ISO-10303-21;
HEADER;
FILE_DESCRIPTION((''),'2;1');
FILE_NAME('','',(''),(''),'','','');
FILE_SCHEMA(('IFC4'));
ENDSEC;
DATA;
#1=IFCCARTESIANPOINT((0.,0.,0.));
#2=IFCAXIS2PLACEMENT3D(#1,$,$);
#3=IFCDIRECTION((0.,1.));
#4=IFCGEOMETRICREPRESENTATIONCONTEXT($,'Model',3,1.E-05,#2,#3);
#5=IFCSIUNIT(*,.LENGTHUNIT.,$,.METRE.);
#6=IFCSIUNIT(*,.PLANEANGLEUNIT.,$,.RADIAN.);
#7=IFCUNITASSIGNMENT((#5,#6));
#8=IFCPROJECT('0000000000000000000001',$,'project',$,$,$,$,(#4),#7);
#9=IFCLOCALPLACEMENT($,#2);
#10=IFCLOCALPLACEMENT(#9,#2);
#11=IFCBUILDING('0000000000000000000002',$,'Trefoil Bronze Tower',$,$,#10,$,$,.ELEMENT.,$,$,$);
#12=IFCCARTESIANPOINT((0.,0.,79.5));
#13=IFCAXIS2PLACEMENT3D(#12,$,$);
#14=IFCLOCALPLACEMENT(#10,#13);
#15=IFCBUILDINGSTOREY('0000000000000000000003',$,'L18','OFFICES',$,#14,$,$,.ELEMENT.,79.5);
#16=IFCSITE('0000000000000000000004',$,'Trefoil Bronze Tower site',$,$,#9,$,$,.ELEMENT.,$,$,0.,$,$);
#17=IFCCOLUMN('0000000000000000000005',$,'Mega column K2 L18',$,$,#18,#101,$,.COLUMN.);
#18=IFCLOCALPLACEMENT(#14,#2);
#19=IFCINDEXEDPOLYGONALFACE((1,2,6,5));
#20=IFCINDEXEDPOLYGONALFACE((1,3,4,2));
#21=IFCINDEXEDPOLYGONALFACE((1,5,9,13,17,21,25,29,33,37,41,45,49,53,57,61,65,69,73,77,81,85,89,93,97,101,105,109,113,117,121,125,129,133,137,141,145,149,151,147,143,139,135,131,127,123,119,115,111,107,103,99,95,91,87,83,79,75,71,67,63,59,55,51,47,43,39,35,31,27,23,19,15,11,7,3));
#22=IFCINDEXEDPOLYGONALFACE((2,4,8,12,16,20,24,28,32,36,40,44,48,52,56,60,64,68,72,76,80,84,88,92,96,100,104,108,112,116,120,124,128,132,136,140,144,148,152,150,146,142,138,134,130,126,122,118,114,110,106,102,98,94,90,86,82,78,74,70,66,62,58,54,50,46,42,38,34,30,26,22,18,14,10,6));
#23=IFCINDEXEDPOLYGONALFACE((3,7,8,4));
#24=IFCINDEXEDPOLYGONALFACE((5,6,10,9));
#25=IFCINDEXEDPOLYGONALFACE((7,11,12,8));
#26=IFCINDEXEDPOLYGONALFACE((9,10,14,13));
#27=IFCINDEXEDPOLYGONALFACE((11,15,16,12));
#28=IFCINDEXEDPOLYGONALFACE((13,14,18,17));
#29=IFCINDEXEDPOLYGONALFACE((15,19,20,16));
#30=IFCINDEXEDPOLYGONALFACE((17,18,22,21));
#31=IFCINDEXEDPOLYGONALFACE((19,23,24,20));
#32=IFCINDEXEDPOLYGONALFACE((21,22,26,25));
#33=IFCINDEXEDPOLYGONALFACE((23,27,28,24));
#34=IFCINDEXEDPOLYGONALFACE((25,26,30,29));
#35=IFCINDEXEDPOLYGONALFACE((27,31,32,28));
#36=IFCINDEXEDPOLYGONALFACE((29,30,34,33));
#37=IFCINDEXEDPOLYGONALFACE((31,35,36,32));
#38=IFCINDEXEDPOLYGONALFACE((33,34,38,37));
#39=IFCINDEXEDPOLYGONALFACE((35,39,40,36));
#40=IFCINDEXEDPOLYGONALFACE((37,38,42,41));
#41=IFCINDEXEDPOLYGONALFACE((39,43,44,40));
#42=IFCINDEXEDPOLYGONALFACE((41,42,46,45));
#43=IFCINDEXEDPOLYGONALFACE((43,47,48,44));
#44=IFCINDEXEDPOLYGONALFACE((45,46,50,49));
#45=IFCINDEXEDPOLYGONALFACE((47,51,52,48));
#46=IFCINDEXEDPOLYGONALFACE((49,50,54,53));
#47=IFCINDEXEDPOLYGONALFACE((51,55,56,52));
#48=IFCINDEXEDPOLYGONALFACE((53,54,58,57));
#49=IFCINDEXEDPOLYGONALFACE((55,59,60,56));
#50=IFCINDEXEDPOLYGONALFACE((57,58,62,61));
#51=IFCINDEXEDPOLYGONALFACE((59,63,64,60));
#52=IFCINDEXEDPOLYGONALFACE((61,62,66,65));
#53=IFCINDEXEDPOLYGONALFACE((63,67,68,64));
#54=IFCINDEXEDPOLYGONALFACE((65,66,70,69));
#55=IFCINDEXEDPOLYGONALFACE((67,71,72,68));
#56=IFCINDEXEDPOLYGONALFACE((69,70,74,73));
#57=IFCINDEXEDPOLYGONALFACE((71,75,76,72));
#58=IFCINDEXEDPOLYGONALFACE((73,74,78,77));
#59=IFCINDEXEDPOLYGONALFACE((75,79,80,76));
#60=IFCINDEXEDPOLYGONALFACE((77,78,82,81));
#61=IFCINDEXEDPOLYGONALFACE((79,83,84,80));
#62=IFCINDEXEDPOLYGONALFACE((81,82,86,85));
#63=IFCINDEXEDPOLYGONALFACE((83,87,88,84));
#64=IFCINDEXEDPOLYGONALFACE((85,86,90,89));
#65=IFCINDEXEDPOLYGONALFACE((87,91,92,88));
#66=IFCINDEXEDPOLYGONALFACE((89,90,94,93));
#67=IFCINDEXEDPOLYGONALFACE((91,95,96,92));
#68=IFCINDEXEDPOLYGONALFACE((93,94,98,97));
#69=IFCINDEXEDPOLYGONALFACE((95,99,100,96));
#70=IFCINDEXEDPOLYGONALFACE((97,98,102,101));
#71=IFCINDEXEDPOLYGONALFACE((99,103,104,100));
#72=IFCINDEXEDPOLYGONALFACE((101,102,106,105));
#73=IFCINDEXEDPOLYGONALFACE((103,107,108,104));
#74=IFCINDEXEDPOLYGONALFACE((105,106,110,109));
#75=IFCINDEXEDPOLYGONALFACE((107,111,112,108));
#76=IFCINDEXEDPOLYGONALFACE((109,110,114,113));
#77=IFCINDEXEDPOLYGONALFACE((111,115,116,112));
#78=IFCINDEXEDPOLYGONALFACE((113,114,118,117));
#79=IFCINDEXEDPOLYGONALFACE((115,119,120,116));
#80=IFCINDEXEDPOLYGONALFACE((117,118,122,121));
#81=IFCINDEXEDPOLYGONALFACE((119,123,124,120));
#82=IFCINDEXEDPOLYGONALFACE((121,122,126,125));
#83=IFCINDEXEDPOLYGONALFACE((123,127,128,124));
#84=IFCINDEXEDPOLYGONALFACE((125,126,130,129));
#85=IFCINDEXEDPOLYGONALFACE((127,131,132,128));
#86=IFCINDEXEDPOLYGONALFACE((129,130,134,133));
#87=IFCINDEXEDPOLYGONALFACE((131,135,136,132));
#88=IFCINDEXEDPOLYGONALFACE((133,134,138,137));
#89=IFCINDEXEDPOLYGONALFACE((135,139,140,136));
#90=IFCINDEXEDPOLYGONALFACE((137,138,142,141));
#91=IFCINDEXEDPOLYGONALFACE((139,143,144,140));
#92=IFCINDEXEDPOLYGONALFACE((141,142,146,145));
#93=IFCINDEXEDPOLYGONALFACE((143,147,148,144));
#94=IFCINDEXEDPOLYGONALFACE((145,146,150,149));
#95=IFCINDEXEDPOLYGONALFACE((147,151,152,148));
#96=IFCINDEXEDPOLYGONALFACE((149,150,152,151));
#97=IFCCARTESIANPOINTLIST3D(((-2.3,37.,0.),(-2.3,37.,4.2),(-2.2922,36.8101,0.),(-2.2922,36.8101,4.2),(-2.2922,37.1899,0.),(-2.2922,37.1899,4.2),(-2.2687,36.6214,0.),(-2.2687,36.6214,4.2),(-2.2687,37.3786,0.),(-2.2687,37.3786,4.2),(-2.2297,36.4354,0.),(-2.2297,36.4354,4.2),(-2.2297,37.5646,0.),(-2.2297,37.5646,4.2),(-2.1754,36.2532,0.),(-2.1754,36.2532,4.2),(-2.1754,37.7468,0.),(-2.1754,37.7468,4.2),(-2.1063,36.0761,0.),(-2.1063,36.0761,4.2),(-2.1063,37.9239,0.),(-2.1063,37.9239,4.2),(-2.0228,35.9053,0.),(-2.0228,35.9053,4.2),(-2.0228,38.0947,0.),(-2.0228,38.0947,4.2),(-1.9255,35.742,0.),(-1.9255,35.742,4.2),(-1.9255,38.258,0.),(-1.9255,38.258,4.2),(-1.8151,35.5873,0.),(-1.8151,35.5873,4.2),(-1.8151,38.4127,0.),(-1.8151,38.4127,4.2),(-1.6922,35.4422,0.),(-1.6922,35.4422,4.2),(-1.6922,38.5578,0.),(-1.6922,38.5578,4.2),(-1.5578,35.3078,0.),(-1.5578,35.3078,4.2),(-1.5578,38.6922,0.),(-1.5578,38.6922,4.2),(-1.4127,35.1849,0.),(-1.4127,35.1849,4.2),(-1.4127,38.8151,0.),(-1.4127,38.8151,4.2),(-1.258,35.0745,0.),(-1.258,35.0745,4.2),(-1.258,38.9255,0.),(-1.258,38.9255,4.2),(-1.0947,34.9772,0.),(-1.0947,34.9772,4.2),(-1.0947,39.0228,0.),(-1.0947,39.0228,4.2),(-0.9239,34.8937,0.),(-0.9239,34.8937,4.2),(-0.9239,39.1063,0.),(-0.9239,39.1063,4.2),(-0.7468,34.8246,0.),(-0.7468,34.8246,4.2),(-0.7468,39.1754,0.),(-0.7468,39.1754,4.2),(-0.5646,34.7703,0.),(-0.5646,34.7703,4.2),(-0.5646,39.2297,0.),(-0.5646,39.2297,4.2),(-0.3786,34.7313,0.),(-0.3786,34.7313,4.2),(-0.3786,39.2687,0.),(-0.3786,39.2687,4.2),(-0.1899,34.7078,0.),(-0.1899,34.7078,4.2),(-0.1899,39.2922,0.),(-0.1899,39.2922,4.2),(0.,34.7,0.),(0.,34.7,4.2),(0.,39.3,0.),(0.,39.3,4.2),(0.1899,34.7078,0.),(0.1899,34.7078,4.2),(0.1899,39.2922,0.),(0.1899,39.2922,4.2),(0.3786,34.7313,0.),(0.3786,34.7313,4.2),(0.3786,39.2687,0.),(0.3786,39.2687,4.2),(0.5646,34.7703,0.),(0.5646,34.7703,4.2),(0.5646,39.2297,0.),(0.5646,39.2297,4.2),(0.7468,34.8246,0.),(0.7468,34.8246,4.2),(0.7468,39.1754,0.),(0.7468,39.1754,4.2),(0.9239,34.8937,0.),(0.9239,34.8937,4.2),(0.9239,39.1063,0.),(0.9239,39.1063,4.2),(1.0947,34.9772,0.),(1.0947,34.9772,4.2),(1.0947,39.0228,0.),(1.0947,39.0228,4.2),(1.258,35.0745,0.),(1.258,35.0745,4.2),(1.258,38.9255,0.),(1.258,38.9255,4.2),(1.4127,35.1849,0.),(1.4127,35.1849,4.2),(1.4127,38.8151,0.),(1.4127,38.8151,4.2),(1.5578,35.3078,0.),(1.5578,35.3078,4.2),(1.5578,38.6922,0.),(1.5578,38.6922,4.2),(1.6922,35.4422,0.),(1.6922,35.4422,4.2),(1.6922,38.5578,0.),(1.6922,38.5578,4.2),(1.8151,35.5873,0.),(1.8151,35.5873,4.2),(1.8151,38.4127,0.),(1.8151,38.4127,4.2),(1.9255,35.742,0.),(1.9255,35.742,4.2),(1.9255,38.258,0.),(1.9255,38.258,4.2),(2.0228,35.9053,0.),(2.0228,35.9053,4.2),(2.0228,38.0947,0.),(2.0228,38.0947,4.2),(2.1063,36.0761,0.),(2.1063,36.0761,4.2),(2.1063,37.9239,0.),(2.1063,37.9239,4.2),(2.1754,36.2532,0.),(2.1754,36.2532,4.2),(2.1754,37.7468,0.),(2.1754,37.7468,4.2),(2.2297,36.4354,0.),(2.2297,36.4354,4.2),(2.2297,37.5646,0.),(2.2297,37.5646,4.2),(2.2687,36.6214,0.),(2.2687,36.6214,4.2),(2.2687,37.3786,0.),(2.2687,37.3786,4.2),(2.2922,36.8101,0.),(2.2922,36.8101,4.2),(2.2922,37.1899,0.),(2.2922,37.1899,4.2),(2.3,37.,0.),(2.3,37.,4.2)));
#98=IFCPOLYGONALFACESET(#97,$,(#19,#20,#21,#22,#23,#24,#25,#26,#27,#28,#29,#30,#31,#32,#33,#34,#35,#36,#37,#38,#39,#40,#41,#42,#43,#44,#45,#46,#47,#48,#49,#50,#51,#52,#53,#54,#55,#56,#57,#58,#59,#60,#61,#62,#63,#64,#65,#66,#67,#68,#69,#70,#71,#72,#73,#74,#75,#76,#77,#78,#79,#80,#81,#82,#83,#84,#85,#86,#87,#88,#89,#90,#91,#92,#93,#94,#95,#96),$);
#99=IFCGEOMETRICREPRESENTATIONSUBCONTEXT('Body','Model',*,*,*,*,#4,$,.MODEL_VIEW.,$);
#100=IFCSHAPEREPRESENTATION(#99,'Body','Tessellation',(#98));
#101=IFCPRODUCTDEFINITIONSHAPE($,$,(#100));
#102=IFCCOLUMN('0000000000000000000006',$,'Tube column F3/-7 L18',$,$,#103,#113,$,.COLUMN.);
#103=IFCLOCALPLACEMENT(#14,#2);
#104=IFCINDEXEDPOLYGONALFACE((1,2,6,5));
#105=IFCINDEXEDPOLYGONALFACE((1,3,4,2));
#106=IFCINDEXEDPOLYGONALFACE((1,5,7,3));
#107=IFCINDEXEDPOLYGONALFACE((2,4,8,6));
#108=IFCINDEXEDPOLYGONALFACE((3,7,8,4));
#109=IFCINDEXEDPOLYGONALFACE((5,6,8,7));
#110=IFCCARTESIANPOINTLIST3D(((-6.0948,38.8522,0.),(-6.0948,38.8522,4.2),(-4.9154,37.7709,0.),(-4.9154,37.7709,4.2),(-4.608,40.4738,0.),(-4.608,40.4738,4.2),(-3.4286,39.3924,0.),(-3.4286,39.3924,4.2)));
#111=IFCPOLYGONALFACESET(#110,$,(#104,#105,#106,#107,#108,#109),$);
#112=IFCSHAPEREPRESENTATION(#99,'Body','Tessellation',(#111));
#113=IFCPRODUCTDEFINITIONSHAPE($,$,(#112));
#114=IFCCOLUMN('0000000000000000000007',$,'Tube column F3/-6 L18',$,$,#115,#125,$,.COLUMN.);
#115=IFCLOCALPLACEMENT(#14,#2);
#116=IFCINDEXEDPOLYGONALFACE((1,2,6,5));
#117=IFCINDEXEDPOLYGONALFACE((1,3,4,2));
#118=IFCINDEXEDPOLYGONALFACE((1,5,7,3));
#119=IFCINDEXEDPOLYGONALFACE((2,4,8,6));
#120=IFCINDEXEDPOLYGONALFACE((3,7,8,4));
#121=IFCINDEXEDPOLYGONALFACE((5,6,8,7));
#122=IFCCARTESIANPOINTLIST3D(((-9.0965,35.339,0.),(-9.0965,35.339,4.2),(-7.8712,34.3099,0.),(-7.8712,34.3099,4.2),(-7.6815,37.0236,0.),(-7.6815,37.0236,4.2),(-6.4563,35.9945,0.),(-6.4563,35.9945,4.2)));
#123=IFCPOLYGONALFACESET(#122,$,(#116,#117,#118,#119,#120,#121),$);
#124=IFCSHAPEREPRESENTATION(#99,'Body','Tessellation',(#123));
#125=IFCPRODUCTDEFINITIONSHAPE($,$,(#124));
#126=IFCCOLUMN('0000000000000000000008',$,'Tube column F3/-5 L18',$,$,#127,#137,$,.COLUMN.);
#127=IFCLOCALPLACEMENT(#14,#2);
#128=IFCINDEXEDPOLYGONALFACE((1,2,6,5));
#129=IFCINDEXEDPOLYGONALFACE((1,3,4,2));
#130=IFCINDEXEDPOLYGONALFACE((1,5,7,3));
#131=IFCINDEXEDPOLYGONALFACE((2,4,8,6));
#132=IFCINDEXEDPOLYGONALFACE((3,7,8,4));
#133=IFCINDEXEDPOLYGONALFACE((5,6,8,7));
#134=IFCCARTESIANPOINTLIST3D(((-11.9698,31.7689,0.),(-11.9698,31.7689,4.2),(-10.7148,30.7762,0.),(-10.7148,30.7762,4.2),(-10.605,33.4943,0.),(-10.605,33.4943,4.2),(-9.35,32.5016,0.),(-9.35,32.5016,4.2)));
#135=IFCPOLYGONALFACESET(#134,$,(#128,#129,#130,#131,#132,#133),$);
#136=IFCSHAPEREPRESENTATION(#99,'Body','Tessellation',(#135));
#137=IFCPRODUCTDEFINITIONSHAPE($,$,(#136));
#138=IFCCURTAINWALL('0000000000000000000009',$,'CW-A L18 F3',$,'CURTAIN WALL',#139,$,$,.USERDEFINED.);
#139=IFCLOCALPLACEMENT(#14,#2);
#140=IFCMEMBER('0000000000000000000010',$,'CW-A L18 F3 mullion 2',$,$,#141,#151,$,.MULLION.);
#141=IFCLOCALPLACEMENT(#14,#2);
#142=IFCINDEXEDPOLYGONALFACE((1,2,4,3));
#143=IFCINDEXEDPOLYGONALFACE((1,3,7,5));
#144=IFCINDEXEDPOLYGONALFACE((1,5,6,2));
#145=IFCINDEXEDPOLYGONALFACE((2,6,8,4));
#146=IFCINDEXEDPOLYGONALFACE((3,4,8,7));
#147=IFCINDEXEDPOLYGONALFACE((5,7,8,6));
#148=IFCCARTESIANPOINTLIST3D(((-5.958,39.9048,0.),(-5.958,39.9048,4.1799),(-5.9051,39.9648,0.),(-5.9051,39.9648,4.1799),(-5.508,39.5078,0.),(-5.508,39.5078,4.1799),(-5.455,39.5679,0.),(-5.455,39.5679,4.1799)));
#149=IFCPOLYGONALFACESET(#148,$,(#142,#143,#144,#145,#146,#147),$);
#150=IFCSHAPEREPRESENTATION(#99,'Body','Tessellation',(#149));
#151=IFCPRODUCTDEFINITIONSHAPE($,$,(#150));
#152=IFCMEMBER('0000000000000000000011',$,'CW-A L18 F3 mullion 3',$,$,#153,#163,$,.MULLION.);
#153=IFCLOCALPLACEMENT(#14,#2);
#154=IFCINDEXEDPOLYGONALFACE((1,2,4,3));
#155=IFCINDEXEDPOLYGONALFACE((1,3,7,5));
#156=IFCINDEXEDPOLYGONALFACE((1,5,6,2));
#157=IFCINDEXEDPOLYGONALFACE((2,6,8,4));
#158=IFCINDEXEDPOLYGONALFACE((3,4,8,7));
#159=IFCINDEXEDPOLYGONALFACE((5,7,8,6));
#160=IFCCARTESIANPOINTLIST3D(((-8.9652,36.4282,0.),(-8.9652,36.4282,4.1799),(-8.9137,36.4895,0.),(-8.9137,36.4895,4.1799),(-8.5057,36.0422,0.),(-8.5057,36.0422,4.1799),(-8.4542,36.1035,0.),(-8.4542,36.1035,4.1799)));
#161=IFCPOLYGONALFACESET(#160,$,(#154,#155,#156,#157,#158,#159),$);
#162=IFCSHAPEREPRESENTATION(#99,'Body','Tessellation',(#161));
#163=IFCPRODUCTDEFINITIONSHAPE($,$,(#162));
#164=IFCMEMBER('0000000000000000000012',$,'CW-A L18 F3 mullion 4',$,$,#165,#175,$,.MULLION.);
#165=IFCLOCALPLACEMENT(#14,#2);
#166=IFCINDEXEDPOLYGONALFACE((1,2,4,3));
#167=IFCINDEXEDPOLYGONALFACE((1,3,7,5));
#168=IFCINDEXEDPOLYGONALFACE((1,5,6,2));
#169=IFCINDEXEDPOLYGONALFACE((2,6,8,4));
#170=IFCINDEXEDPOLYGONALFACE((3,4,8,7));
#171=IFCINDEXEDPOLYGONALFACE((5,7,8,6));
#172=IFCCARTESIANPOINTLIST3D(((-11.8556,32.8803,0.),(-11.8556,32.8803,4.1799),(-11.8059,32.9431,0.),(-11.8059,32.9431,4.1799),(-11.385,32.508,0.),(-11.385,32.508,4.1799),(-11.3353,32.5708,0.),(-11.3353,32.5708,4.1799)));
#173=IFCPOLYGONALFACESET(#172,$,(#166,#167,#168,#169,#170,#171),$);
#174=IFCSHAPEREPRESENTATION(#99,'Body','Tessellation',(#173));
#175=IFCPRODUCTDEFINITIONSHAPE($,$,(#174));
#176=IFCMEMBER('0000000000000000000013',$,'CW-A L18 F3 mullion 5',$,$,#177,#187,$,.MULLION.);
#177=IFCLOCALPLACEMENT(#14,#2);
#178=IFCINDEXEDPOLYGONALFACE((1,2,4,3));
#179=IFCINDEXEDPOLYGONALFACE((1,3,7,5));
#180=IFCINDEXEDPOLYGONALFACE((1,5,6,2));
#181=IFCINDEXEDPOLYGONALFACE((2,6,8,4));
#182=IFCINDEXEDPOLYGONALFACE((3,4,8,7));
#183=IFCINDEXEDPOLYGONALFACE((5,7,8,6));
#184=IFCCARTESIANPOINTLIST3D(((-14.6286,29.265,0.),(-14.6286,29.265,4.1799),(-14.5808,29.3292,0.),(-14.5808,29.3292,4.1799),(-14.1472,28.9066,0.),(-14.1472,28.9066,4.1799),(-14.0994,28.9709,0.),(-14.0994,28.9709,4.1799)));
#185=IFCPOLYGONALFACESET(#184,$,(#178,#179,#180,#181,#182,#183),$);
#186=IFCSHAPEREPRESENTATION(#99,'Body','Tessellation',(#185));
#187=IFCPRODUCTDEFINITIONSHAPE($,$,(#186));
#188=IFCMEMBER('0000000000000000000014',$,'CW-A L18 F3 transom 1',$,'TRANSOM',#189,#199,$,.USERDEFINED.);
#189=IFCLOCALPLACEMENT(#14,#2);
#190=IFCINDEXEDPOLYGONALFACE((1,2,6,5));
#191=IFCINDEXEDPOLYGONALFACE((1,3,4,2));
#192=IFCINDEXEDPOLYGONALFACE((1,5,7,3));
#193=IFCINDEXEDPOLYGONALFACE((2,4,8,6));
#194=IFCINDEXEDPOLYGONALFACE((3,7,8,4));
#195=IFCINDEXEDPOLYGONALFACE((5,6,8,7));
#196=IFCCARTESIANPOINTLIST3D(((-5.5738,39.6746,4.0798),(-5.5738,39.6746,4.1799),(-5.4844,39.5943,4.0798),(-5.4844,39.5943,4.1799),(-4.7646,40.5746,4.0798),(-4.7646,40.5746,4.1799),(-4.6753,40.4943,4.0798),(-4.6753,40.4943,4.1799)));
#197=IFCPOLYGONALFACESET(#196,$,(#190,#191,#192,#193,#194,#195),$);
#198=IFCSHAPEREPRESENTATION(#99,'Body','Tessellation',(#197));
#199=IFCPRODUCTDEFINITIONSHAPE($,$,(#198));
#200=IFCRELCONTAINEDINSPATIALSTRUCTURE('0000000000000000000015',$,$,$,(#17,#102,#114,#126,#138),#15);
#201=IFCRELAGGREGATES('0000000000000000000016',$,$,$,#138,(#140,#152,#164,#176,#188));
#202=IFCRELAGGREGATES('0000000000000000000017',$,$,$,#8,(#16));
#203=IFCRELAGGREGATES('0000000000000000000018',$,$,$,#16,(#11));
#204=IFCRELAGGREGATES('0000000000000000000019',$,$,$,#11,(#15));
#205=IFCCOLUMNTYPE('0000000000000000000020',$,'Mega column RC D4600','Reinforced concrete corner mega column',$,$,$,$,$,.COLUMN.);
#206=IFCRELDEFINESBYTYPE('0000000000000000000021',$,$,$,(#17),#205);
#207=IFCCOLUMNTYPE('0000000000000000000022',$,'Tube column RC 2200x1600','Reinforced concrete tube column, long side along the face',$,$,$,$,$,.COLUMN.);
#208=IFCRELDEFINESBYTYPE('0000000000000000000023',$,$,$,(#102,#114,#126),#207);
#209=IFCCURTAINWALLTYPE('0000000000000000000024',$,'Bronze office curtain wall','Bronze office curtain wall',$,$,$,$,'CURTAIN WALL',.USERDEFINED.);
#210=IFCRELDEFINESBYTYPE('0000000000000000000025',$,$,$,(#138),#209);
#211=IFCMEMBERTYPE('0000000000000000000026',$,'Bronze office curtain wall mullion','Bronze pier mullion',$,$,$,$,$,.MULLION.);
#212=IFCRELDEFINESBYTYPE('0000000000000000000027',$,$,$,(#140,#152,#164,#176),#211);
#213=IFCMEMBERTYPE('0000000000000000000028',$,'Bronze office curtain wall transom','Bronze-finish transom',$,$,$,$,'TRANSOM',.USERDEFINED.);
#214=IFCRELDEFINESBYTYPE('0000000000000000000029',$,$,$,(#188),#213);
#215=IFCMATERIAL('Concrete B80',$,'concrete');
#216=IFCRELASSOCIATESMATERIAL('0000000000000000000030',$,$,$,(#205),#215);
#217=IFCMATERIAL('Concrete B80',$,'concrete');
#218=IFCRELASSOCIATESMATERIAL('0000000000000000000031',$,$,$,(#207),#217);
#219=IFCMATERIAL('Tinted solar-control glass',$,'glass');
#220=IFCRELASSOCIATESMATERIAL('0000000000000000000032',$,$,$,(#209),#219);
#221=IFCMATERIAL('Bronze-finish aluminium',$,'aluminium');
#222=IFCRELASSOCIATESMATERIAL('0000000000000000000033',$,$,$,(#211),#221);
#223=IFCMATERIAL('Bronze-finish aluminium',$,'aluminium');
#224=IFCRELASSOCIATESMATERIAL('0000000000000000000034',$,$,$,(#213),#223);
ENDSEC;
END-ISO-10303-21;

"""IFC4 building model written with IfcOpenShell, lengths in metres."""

from ifc_helpers import new_model, si_unit, direction, frame, origin, origin_2d, place, context, subcontext, project, spatial, rectangle, circle, extrude, material, material_profile, profile_set, type_object, element, aggregate, save


model = new_model("IFC4")

# Units and contexts
model_context = context("Model", 3, precision=1e-05, world=origin(), true_north=direction((0.0, 1.0)))
body_context = subcontext(model_context, "Body", "Model", "MODEL_VIEW")
ifc_project = project(units=[si_unit("LENGTHUNIT", "METRE"), si_unit("PLANEANGLEUNIT", "RADIAN")], contexts=[model_context])

# Site, building, storey
site_placement = place(None, origin())
site = spatial("IfcSite", under=ifc_project, at=site_placement, Name="Trefoil Bronze Tower site", CompositionType="ELEMENT", RefElevation=0.0)
building_placement = place(site_placement, origin())
building = spatial("IfcBuilding", under=site, at=building_placement, Name="Trefoil Bronze Tower", CompositionType="ELEMENT")
storey_placement = place(building_placement, frame((0.0, 0.0, 79.5)))
storey = spatial("IfcBuildingStorey", under=building, at=storey_placement, Name="L18", Description="OFFICES", CompositionType="ELEMENT", Elevation=79.5)

# Columns
ifc_material_1 = material(Name="Concrete B80", Category="concrete")
ifc_material_profile_1 = material_profile(ifc_material_1, circle(Radius=2.3, at=origin_2d()), Name="RC D4600")
ifc_profile_set_1 = profile_set([ifc_material_profile_1], Name="Concrete B80")
column_type_1 = type_object("IfcColumnType", Name="Mega column RC D4600", Description="Reinforced concrete corner mega column", PredefinedType="COLUMN", material=ifc_profile_set_1)
column_placement = place(storey_placement, frame((0.0, 37.0, 0.0), z_axis=(0.0, 0.0, 1.0), x_axis=(1.0, 0.0, 0.0)))
element("IfcColumn", 1, at=column_placement, inside=storey, type_object=column_type_1, Name="Mega column K2 L18", PredefinedType="COLUMN", context=body_context, shape_type="SweptSolid", body=[
    extrude(circle(Radius=2.3, at=origin_2d()), origin(), (0.0, 0.0, 1.0), 4.2),
])
ifc_material_2 = material(Name="Concrete B80", Category="concrete")
ifc_material_profile_2 = material_profile(ifc_material_2, rectangle(XDim=2.2, YDim=1.6001, at=origin_2d()), Name="RC 2200x1600")
ifc_profile_set_2 = profile_set([ifc_material_profile_2], Name="Concrete B80")
column_type_2 = type_object("IfcColumnType", Name="Tube column RC 2200x1600", Description="Reinforced concrete tube column, long side along the face", PredefinedType="COLUMN", material=ifc_profile_set_2)
for number, where, z_axis, x_axis, name in (
    (2, (-4.7617, 39.1223, 0.0), (0.0, 0.0, 1.0), (-0.675816, -0.73707, 0.0), "Tube column F3/-7 L18"),
    (3, (-7.7764, 35.6667, 0.0), (0.0, 0.0, 1.0), (-0.643163, -0.765729, 0.0), "Tube column F3/-6 L18"),
    (4, (-10.6599, 32.1353, 0.0), (0.0, 0.0, 1.0), (-0.620376, -0.784305, 0.0), "Tube column F3/-5 L18"),
):
    element("IfcColumn", number, at=place(storey_placement, frame(where, z_axis=z_axis, x_axis=x_axis)), inside=storey, type_object=column_type_2, Name=name, PredefinedType="COLUMN", context=body_context, shape_type="SweptSolid", body=[
        extrude(rectangle(XDim=2.2, YDim=1.6001, at=origin_2d()), origin(), (0.0, 0.0, 1.0), 4.2),
    ])

# Curtain wall, members
ifc_material_3 = material(Name="Tinted solar-control glass", Category="glass")
curtain_wall_type_1 = type_object("IfcCurtainWallType", Name="Bronze office curtain wall", Description="Bronze office curtain wall", ElementType="CURTAIN WALL", PredefinedType="USERDEFINED", material=ifc_material_3)
curtain_wall_1_placement = place(storey_placement, origin())
curtain_wall_1 = element("IfcCurtainWall", 5, at=curtain_wall_1_placement, inside=storey, type_object=curtain_wall_type_1, Name="CW-A L18 F3", ObjectType="CURTAIN WALL", PredefinedType="USERDEFINED")
ifc_material_4 = material(Name="Bronze-finish aluminium", Category="aluminium")
ifc_material_profile_3 = material_profile(ifc_material_4, rectangle(XDim=0.6001, YDim=0.0801, at=origin_2d()), Name="CW-A mullion")
ifc_profile_set_3 = profile_set([ifc_material_profile_3], Name="Bronze-finish aluminium")
member_type_1 = type_object("IfcMemberType", Name="Bronze office curtain wall mullion", Description="Bronze pier mullion", PredefinedType="MULLION", material=ifc_profile_set_3)
member_1_placement = place(storey_placement, frame((-5.7065, 39.7363, 0.0), z_axis=(0.0, 0.0, 1.0), x_axis=(0.749941, -0.661505, 0.0)))
member_1 = element("IfcMember", 6, at=member_1_placement, type_object=member_type_1, Name="CW-A L18 F3 mullion 2", PredefinedType="MULLION", context=body_context, shape_type="SweptSolid", body=[
    extrude(rectangle(XDim=0.6001, YDim=0.0801, at=origin_2d()), origin(), (0.0, 0.0, 1.0), 4.1799),
])
member_2_placement = place(storey_placement, frame((-8.7097, 36.2659, 0.0), z_axis=(0.0, 0.0, 1.0), x_axis=(0.765729, -0.643163, 0.0)))
member_2 = element("IfcMember", 7, at=member_2_placement, type_object=member_type_1, Name="CW-A L18 F3 mullion 3", PredefinedType="MULLION", context=body_context, shape_type="SweptSolid", body=[
    extrude(rectangle(XDim=0.6001, YDim=0.0801, at=origin_2d()), origin(), (0.0, 0.0, 1.0), 4.1799),
])
member_3_placement = place(storey_placement, frame((-11.5955, 32.7256, 0.0), z_axis=(0.0, 0.0, 1.0), x_axis=(0.784305, -0.620376, 0.0)))
member_3 = element("IfcMember", 8, at=member_3_placement, type_object=member_type_1, Name="CW-A L18 F3 mullion 4", PredefinedType="MULLION", context=body_context, shape_type="SweptSolid", body=[
    extrude(rectangle(XDim=0.6001, YDim=0.0801, at=origin_2d()), origin(), (0.0, 0.0, 1.0), 4.1799),
])
member_4_placement = place(storey_placement, frame((-14.364, 29.1179, 0.0), z_axis=(0.0, 0.0, 1.0), x_axis=(0.802127, -0.597154, 0.0)))
member_4 = element("IfcMember", 9, at=member_4_placement, type_object=member_type_1, Name="CW-A L18 F3 mullion 5", PredefinedType="MULLION", context=body_context, shape_type="SweptSolid", body=[
    extrude(rectangle(XDim=0.6001, YDim=0.0801, at=origin_2d()), origin(), (0.0, 0.0, 1.0), 4.1799),
])
ifc_material_5 = material(Name="Bronze-finish aluminium", Category="aluminium")
ifc_material_profile_4 = material_profile(ifc_material_5, rectangle(XDim=0.1201, YDim=0.1001, at=origin_2d()), Name="CW-A transom")
ifc_profile_set_4 = profile_set([ifc_material_profile_4], Name="Bronze-finish aluminium")
member_type_2 = type_object("IfcMemberType", Name="Bronze office curtain wall transom", Description="Bronze-finish transom", ElementType="TRANSOM", PredefinedType="USERDEFINED", material=ifc_profile_set_4)
member_5_placement = place(storey_placement, frame((-4.72, 40.5344, 4.1299), z_axis=(-0.668586, -0.743635, 0.0), x_axis=(0.743635, -0.668586, 0.0)))
member_5 = element("IfcMember", 10, at=member_5_placement, type_object=member_type_2, Name="CW-A L18 F3 transom 1", ObjectType="TRANSOM", PredefinedType="USERDEFINED", context=body_context, shape_type="SweptSolid", body=[
    extrude(rectangle(XDim=0.1201, YDim=0.1001, at=origin_2d()), origin(), (0.0, 0.0, 1.0), 1.2102),
])

aggregate(curtain_wall_1, [member_1, member_2, member_3, member_4, member_5])

save(model, "model.ifc")
